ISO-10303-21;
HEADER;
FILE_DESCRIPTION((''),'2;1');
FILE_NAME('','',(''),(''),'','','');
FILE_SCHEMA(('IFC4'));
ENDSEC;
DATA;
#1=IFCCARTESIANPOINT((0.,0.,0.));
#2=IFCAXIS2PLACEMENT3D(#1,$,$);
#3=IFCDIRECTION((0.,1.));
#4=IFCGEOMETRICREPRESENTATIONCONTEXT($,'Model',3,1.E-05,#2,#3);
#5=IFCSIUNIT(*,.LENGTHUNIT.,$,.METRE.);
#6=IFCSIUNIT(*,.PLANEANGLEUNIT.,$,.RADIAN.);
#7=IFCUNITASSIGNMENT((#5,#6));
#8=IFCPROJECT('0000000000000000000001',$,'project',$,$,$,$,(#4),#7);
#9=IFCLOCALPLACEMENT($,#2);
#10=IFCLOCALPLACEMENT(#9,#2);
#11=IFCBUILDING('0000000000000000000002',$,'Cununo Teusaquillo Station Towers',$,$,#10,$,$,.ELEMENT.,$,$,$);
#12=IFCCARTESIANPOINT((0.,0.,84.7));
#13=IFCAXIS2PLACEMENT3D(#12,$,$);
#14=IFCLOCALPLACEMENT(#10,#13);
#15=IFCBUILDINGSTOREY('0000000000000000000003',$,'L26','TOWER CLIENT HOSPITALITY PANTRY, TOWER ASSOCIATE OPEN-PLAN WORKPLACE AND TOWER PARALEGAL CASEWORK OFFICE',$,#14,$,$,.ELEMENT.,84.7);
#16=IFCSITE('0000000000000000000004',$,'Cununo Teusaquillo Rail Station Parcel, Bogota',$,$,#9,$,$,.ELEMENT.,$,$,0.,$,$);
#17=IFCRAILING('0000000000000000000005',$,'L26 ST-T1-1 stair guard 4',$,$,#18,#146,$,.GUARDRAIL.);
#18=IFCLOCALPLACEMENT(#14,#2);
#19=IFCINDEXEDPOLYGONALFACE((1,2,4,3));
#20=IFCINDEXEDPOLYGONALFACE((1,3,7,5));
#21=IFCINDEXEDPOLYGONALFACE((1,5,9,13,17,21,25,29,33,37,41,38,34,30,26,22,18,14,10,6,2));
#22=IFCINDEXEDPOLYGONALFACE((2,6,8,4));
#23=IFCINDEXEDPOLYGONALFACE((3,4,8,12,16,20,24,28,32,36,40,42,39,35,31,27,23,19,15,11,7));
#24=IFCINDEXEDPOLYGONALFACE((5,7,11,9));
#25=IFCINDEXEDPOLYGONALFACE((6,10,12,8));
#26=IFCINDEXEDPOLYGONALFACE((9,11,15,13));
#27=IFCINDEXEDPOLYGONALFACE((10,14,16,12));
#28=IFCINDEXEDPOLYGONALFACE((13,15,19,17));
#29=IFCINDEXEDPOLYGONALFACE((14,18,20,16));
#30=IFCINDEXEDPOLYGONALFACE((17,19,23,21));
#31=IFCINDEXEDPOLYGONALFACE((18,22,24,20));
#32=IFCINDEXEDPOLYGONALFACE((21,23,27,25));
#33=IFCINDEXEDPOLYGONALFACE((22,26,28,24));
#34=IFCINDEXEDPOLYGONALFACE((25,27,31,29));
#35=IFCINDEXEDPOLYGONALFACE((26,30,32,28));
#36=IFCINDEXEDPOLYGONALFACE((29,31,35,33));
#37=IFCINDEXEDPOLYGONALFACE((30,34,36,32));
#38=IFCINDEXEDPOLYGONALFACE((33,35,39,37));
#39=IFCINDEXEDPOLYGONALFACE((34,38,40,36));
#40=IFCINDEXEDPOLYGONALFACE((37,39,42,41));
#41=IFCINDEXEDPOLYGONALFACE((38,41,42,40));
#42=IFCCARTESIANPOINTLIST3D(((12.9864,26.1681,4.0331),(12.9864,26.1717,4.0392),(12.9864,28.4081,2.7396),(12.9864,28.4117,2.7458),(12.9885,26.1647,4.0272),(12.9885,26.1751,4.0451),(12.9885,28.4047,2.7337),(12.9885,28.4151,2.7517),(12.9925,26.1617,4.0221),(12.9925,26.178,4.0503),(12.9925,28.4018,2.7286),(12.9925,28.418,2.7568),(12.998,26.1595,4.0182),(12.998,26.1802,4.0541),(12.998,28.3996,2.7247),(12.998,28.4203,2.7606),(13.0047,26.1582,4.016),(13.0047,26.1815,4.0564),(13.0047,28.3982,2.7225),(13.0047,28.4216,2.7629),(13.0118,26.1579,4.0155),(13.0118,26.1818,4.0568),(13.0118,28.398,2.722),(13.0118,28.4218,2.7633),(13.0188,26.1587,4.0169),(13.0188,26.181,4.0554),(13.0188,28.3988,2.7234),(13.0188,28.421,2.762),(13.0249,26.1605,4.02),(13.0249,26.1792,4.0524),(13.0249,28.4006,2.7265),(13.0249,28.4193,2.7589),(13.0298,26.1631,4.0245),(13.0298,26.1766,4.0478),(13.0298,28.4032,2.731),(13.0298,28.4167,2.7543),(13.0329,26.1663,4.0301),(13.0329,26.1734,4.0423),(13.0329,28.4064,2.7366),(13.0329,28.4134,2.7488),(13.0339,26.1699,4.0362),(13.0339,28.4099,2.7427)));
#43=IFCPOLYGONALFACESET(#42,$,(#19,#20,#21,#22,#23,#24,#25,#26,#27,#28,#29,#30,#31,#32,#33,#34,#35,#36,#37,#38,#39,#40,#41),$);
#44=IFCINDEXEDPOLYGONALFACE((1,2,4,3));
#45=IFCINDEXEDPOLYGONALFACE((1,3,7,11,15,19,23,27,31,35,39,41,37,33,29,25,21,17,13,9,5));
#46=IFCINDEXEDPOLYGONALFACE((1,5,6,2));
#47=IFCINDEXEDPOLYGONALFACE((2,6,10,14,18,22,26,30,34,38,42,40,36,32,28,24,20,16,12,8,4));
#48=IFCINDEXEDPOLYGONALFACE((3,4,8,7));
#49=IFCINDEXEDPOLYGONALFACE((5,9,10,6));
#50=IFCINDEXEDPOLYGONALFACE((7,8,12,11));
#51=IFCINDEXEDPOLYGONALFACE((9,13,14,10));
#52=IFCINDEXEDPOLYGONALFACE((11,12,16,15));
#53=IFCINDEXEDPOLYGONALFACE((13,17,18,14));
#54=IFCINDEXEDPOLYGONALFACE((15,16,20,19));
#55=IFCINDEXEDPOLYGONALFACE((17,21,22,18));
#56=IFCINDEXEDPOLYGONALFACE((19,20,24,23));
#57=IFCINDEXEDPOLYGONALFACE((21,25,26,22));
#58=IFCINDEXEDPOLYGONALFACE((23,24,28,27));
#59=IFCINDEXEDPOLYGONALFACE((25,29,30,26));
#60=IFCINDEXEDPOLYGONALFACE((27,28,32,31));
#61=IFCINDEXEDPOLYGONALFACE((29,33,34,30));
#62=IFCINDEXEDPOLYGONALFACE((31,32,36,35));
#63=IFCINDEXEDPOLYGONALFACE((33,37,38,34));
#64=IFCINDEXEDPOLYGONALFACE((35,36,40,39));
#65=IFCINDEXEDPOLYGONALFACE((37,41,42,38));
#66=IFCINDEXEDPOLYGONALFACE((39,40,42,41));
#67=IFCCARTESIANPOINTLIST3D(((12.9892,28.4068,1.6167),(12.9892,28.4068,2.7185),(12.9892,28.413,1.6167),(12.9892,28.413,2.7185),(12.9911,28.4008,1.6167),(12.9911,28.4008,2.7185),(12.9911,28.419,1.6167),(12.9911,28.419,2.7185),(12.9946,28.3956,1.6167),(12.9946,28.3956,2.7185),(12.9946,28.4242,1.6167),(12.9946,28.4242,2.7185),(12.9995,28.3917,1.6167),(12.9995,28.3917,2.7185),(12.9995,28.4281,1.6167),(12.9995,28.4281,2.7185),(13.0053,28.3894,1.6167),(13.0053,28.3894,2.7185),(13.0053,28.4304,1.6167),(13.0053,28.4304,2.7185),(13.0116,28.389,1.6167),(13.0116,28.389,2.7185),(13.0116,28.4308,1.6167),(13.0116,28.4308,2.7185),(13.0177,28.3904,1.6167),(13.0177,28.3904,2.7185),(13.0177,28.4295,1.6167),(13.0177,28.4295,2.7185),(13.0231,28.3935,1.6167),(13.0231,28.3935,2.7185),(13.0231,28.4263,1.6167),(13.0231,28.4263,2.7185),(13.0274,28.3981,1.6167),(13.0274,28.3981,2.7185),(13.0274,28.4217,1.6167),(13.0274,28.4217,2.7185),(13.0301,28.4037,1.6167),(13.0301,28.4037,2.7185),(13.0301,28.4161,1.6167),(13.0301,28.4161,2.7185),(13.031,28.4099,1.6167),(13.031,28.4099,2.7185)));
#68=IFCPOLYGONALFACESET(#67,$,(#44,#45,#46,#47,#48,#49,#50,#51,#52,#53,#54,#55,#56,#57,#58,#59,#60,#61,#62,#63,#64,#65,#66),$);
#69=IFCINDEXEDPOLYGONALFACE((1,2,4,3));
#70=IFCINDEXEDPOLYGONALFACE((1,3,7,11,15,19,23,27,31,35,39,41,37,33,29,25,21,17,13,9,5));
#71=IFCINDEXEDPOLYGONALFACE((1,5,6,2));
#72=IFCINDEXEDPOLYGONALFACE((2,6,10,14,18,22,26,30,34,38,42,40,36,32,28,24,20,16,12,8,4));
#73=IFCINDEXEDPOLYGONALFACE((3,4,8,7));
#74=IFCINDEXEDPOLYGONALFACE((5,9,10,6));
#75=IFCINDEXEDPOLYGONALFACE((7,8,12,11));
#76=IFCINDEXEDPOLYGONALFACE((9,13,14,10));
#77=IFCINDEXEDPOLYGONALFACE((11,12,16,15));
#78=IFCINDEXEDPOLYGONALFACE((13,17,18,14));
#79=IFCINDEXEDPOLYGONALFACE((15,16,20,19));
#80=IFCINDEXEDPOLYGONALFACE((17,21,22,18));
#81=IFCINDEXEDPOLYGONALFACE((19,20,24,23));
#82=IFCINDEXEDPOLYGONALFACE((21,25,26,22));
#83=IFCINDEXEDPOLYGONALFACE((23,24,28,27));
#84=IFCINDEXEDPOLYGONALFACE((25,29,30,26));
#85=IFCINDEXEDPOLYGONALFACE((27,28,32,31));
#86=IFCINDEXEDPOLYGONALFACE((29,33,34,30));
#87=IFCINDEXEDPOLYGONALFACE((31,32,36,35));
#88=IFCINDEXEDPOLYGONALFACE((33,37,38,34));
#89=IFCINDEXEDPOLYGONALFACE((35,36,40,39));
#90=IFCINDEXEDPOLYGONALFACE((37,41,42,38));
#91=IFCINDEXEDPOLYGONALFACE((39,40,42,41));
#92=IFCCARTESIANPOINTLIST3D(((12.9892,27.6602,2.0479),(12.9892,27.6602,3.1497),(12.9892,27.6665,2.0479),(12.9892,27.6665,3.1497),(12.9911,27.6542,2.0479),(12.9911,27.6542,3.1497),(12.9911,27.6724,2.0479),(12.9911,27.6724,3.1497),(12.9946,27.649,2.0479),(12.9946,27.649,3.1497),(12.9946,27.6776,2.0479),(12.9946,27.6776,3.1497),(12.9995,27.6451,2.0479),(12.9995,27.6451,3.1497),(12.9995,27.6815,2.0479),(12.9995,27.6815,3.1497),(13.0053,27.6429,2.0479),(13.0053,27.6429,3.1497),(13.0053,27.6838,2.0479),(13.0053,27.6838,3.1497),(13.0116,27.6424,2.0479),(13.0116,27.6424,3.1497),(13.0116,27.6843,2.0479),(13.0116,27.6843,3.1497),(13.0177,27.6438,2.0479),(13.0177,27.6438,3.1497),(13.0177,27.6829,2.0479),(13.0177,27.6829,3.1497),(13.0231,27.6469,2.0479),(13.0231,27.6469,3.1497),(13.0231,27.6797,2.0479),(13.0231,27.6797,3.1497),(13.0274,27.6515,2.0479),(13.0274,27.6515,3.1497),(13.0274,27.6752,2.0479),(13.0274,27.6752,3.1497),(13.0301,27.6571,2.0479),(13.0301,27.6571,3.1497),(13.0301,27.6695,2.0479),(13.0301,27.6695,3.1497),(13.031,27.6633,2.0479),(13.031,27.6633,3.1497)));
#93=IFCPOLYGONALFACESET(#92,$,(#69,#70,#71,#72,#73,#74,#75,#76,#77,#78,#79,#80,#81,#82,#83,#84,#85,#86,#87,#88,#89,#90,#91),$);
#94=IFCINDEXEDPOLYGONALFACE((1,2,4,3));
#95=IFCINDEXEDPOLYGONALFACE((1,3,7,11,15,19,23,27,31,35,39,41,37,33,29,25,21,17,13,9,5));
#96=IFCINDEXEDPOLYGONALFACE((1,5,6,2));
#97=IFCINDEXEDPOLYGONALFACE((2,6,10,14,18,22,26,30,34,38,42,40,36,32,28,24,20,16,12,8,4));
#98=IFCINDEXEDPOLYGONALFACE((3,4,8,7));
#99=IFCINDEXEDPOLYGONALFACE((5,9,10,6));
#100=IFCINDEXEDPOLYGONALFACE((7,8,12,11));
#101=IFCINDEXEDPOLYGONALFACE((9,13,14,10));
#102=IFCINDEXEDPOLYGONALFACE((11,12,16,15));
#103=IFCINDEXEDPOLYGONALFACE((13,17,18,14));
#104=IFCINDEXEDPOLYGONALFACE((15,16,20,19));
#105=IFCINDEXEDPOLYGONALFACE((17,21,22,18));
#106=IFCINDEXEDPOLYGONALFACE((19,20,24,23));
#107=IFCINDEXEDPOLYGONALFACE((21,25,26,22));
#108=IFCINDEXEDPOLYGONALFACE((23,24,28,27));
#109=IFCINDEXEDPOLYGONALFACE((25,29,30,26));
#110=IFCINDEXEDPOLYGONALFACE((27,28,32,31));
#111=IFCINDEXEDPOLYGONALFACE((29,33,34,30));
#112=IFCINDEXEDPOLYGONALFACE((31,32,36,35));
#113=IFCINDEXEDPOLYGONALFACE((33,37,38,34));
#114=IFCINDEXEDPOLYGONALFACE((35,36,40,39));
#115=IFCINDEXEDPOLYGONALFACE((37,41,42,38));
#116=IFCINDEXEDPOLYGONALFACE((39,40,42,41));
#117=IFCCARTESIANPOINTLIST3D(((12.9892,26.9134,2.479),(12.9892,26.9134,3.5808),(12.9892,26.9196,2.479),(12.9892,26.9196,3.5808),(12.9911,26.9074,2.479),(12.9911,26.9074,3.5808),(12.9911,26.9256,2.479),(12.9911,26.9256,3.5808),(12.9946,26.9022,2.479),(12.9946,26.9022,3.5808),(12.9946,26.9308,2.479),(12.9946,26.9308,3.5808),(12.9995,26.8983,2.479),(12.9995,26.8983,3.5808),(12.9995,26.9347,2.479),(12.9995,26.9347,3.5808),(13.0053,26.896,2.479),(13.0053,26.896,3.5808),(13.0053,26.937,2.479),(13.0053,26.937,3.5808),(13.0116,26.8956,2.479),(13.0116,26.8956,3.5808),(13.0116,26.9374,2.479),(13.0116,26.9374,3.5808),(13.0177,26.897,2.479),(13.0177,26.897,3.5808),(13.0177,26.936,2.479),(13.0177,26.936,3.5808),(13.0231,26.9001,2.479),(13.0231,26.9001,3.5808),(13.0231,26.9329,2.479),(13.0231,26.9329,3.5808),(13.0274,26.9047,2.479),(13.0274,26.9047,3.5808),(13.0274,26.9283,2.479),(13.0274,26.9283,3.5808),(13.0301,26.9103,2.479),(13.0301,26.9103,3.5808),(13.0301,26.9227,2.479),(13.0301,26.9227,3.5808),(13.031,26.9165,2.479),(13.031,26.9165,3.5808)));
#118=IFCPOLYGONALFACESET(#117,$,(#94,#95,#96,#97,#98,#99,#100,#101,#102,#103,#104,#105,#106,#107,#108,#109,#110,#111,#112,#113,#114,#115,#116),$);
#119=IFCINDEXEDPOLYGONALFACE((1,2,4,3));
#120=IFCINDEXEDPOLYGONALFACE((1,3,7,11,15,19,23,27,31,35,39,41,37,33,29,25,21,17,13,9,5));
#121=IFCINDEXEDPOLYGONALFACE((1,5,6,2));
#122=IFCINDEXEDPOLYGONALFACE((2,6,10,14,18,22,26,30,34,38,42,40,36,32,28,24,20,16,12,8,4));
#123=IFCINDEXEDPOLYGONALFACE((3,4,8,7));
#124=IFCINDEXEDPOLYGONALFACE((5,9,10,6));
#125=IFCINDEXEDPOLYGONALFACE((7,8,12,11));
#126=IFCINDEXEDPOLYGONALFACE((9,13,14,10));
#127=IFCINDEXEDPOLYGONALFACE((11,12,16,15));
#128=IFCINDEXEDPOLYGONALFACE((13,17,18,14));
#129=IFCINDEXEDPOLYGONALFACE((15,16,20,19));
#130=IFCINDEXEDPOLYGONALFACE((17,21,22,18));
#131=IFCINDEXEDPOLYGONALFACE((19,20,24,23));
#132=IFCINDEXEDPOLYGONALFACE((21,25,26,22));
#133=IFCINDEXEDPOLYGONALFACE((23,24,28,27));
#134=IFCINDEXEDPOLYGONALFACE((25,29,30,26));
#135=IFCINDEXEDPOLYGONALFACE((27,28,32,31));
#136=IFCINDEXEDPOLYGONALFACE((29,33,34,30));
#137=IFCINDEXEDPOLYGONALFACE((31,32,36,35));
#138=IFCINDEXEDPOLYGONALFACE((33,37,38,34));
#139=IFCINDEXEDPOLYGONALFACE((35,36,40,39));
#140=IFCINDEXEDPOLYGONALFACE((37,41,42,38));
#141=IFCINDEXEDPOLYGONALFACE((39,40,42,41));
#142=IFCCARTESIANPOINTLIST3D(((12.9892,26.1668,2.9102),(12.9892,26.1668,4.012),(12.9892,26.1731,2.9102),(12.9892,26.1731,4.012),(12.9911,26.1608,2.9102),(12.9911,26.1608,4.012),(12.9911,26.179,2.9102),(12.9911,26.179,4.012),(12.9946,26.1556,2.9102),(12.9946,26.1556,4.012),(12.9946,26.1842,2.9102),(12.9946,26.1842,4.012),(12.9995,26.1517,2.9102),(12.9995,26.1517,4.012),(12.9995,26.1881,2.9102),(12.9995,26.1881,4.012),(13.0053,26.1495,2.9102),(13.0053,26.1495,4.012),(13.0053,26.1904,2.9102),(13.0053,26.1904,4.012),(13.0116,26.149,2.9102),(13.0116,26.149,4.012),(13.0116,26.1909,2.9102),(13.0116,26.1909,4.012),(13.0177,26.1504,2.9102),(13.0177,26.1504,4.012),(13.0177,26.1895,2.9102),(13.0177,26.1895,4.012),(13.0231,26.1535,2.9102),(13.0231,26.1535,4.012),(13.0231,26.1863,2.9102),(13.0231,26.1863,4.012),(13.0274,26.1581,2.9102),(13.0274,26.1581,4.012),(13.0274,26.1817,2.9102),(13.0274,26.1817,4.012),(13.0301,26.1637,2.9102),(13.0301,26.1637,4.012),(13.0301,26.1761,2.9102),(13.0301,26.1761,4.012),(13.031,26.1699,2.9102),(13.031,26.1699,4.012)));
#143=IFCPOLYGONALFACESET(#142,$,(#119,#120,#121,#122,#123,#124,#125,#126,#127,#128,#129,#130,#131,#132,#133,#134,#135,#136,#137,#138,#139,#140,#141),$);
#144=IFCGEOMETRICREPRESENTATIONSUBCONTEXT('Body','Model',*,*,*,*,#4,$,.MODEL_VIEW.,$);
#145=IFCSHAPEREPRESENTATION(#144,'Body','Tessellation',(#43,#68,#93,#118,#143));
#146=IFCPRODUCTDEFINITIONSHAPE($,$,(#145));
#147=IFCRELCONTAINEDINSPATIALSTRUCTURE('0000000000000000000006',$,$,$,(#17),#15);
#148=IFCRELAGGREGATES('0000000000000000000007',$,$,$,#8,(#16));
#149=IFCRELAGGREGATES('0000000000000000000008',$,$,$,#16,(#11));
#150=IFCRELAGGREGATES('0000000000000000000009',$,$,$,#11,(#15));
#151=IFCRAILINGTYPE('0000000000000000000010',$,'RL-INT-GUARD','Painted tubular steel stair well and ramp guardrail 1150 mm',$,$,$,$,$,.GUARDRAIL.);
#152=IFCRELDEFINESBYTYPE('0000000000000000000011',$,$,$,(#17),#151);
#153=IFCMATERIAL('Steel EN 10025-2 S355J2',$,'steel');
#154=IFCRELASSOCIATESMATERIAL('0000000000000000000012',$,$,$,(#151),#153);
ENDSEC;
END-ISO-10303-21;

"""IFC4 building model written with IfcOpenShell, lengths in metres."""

from ifc_helpers import new_model, si_unit, direction, frame, origin, origin_2d, place, context, subcontext, project, spatial, circle, extrude, material, type_object, element, save


model = new_model("IFC4")

# Units and contexts
model_context = context("Model", 3, precision=1e-05, world=origin(), true_north=direction((0.0, 1.0)))
body_context = subcontext(model_context, "Body", "Model", "MODEL_VIEW")
ifc_project = project(units=[si_unit("LENGTHUNIT", "METRE"), si_unit("PLANEANGLEUNIT", "RADIAN")], contexts=[model_context])

# Site, building, storey
site_placement = place(None, origin())
site = spatial("IfcSite", under=ifc_project, at=site_placement, Name="Cununo Teusaquillo Rail Station Parcel, Bogota", CompositionType="ELEMENT", RefElevation=0.0)
building_placement = place(site_placement, origin())
building = spatial("IfcBuilding", under=site, at=building_placement, Name="Cununo Teusaquillo Station Towers", CompositionType="ELEMENT")
storey_placement = place(building_placement, frame((0.0, 0.0, 84.7)))
storey = spatial("IfcBuildingStorey", under=building, at=storey_placement, Name="L26", Description="TOWER CLIENT HOSPITALITY PANTRY, TOWER ASSOCIATE OPEN-PLAN WORKPLACE AND TOWER PARALEGAL CASEWORK OFFICE", CompositionType="ELEMENT", Elevation=84.7)

# Railing
ifc_material_1 = material(Name="Steel EN 10025-2 S355J2", Category="steel")
railing_type_1 = type_object("IfcRailingType", Name="RL-INT-GUARD", Description="Painted tubular steel stair well and ramp guardrail 1150 mm", PredefinedType="GUARDRAIL", material=ifc_material_1)
railing_1_placement = place(storey_placement, frame((13.01, 28.4099, 1.6167)))
element("IfcRailing", 1, at=railing_1_placement, inside=storey, type_object=railing_type_1, Name="L26 ST-T1-1 stair guard 4", PredefinedType="GUARDRAIL", context=body_context, shape_type="SweptSolid", body=[
    extrude(circle(Radius=0.0239, at=origin_2d()), frame((0.0, 0.0, 1.126), z_axis=(0.0, -0.865992, 0.500057), x_axis=(1.0, 0.0, 0.0)), (0.0, 0.0, 1.0), 2.5867),
    extrude(circle(Radius=0.021, at=origin_2d()), origin(), (0.0, 0.0, 1.0), 1.1018),
    extrude(circle(Radius=0.021, at=origin_2d()), frame((0.0, -0.7466, 0.4312)), (0.0, 0.0, 1.0), 1.1018),
    extrude(circle(Radius=0.021, at=origin_2d()), frame((0.0, -1.4934, 0.8623)), (0.0, 0.0, 1.0), 1.1018),
    extrude(circle(Radius=0.021, at=origin_2d()), frame((0.0, -2.24, 1.2935)), (0.0, 0.0, 1.0), 1.1018),
])

save(model, "model.ifc")
